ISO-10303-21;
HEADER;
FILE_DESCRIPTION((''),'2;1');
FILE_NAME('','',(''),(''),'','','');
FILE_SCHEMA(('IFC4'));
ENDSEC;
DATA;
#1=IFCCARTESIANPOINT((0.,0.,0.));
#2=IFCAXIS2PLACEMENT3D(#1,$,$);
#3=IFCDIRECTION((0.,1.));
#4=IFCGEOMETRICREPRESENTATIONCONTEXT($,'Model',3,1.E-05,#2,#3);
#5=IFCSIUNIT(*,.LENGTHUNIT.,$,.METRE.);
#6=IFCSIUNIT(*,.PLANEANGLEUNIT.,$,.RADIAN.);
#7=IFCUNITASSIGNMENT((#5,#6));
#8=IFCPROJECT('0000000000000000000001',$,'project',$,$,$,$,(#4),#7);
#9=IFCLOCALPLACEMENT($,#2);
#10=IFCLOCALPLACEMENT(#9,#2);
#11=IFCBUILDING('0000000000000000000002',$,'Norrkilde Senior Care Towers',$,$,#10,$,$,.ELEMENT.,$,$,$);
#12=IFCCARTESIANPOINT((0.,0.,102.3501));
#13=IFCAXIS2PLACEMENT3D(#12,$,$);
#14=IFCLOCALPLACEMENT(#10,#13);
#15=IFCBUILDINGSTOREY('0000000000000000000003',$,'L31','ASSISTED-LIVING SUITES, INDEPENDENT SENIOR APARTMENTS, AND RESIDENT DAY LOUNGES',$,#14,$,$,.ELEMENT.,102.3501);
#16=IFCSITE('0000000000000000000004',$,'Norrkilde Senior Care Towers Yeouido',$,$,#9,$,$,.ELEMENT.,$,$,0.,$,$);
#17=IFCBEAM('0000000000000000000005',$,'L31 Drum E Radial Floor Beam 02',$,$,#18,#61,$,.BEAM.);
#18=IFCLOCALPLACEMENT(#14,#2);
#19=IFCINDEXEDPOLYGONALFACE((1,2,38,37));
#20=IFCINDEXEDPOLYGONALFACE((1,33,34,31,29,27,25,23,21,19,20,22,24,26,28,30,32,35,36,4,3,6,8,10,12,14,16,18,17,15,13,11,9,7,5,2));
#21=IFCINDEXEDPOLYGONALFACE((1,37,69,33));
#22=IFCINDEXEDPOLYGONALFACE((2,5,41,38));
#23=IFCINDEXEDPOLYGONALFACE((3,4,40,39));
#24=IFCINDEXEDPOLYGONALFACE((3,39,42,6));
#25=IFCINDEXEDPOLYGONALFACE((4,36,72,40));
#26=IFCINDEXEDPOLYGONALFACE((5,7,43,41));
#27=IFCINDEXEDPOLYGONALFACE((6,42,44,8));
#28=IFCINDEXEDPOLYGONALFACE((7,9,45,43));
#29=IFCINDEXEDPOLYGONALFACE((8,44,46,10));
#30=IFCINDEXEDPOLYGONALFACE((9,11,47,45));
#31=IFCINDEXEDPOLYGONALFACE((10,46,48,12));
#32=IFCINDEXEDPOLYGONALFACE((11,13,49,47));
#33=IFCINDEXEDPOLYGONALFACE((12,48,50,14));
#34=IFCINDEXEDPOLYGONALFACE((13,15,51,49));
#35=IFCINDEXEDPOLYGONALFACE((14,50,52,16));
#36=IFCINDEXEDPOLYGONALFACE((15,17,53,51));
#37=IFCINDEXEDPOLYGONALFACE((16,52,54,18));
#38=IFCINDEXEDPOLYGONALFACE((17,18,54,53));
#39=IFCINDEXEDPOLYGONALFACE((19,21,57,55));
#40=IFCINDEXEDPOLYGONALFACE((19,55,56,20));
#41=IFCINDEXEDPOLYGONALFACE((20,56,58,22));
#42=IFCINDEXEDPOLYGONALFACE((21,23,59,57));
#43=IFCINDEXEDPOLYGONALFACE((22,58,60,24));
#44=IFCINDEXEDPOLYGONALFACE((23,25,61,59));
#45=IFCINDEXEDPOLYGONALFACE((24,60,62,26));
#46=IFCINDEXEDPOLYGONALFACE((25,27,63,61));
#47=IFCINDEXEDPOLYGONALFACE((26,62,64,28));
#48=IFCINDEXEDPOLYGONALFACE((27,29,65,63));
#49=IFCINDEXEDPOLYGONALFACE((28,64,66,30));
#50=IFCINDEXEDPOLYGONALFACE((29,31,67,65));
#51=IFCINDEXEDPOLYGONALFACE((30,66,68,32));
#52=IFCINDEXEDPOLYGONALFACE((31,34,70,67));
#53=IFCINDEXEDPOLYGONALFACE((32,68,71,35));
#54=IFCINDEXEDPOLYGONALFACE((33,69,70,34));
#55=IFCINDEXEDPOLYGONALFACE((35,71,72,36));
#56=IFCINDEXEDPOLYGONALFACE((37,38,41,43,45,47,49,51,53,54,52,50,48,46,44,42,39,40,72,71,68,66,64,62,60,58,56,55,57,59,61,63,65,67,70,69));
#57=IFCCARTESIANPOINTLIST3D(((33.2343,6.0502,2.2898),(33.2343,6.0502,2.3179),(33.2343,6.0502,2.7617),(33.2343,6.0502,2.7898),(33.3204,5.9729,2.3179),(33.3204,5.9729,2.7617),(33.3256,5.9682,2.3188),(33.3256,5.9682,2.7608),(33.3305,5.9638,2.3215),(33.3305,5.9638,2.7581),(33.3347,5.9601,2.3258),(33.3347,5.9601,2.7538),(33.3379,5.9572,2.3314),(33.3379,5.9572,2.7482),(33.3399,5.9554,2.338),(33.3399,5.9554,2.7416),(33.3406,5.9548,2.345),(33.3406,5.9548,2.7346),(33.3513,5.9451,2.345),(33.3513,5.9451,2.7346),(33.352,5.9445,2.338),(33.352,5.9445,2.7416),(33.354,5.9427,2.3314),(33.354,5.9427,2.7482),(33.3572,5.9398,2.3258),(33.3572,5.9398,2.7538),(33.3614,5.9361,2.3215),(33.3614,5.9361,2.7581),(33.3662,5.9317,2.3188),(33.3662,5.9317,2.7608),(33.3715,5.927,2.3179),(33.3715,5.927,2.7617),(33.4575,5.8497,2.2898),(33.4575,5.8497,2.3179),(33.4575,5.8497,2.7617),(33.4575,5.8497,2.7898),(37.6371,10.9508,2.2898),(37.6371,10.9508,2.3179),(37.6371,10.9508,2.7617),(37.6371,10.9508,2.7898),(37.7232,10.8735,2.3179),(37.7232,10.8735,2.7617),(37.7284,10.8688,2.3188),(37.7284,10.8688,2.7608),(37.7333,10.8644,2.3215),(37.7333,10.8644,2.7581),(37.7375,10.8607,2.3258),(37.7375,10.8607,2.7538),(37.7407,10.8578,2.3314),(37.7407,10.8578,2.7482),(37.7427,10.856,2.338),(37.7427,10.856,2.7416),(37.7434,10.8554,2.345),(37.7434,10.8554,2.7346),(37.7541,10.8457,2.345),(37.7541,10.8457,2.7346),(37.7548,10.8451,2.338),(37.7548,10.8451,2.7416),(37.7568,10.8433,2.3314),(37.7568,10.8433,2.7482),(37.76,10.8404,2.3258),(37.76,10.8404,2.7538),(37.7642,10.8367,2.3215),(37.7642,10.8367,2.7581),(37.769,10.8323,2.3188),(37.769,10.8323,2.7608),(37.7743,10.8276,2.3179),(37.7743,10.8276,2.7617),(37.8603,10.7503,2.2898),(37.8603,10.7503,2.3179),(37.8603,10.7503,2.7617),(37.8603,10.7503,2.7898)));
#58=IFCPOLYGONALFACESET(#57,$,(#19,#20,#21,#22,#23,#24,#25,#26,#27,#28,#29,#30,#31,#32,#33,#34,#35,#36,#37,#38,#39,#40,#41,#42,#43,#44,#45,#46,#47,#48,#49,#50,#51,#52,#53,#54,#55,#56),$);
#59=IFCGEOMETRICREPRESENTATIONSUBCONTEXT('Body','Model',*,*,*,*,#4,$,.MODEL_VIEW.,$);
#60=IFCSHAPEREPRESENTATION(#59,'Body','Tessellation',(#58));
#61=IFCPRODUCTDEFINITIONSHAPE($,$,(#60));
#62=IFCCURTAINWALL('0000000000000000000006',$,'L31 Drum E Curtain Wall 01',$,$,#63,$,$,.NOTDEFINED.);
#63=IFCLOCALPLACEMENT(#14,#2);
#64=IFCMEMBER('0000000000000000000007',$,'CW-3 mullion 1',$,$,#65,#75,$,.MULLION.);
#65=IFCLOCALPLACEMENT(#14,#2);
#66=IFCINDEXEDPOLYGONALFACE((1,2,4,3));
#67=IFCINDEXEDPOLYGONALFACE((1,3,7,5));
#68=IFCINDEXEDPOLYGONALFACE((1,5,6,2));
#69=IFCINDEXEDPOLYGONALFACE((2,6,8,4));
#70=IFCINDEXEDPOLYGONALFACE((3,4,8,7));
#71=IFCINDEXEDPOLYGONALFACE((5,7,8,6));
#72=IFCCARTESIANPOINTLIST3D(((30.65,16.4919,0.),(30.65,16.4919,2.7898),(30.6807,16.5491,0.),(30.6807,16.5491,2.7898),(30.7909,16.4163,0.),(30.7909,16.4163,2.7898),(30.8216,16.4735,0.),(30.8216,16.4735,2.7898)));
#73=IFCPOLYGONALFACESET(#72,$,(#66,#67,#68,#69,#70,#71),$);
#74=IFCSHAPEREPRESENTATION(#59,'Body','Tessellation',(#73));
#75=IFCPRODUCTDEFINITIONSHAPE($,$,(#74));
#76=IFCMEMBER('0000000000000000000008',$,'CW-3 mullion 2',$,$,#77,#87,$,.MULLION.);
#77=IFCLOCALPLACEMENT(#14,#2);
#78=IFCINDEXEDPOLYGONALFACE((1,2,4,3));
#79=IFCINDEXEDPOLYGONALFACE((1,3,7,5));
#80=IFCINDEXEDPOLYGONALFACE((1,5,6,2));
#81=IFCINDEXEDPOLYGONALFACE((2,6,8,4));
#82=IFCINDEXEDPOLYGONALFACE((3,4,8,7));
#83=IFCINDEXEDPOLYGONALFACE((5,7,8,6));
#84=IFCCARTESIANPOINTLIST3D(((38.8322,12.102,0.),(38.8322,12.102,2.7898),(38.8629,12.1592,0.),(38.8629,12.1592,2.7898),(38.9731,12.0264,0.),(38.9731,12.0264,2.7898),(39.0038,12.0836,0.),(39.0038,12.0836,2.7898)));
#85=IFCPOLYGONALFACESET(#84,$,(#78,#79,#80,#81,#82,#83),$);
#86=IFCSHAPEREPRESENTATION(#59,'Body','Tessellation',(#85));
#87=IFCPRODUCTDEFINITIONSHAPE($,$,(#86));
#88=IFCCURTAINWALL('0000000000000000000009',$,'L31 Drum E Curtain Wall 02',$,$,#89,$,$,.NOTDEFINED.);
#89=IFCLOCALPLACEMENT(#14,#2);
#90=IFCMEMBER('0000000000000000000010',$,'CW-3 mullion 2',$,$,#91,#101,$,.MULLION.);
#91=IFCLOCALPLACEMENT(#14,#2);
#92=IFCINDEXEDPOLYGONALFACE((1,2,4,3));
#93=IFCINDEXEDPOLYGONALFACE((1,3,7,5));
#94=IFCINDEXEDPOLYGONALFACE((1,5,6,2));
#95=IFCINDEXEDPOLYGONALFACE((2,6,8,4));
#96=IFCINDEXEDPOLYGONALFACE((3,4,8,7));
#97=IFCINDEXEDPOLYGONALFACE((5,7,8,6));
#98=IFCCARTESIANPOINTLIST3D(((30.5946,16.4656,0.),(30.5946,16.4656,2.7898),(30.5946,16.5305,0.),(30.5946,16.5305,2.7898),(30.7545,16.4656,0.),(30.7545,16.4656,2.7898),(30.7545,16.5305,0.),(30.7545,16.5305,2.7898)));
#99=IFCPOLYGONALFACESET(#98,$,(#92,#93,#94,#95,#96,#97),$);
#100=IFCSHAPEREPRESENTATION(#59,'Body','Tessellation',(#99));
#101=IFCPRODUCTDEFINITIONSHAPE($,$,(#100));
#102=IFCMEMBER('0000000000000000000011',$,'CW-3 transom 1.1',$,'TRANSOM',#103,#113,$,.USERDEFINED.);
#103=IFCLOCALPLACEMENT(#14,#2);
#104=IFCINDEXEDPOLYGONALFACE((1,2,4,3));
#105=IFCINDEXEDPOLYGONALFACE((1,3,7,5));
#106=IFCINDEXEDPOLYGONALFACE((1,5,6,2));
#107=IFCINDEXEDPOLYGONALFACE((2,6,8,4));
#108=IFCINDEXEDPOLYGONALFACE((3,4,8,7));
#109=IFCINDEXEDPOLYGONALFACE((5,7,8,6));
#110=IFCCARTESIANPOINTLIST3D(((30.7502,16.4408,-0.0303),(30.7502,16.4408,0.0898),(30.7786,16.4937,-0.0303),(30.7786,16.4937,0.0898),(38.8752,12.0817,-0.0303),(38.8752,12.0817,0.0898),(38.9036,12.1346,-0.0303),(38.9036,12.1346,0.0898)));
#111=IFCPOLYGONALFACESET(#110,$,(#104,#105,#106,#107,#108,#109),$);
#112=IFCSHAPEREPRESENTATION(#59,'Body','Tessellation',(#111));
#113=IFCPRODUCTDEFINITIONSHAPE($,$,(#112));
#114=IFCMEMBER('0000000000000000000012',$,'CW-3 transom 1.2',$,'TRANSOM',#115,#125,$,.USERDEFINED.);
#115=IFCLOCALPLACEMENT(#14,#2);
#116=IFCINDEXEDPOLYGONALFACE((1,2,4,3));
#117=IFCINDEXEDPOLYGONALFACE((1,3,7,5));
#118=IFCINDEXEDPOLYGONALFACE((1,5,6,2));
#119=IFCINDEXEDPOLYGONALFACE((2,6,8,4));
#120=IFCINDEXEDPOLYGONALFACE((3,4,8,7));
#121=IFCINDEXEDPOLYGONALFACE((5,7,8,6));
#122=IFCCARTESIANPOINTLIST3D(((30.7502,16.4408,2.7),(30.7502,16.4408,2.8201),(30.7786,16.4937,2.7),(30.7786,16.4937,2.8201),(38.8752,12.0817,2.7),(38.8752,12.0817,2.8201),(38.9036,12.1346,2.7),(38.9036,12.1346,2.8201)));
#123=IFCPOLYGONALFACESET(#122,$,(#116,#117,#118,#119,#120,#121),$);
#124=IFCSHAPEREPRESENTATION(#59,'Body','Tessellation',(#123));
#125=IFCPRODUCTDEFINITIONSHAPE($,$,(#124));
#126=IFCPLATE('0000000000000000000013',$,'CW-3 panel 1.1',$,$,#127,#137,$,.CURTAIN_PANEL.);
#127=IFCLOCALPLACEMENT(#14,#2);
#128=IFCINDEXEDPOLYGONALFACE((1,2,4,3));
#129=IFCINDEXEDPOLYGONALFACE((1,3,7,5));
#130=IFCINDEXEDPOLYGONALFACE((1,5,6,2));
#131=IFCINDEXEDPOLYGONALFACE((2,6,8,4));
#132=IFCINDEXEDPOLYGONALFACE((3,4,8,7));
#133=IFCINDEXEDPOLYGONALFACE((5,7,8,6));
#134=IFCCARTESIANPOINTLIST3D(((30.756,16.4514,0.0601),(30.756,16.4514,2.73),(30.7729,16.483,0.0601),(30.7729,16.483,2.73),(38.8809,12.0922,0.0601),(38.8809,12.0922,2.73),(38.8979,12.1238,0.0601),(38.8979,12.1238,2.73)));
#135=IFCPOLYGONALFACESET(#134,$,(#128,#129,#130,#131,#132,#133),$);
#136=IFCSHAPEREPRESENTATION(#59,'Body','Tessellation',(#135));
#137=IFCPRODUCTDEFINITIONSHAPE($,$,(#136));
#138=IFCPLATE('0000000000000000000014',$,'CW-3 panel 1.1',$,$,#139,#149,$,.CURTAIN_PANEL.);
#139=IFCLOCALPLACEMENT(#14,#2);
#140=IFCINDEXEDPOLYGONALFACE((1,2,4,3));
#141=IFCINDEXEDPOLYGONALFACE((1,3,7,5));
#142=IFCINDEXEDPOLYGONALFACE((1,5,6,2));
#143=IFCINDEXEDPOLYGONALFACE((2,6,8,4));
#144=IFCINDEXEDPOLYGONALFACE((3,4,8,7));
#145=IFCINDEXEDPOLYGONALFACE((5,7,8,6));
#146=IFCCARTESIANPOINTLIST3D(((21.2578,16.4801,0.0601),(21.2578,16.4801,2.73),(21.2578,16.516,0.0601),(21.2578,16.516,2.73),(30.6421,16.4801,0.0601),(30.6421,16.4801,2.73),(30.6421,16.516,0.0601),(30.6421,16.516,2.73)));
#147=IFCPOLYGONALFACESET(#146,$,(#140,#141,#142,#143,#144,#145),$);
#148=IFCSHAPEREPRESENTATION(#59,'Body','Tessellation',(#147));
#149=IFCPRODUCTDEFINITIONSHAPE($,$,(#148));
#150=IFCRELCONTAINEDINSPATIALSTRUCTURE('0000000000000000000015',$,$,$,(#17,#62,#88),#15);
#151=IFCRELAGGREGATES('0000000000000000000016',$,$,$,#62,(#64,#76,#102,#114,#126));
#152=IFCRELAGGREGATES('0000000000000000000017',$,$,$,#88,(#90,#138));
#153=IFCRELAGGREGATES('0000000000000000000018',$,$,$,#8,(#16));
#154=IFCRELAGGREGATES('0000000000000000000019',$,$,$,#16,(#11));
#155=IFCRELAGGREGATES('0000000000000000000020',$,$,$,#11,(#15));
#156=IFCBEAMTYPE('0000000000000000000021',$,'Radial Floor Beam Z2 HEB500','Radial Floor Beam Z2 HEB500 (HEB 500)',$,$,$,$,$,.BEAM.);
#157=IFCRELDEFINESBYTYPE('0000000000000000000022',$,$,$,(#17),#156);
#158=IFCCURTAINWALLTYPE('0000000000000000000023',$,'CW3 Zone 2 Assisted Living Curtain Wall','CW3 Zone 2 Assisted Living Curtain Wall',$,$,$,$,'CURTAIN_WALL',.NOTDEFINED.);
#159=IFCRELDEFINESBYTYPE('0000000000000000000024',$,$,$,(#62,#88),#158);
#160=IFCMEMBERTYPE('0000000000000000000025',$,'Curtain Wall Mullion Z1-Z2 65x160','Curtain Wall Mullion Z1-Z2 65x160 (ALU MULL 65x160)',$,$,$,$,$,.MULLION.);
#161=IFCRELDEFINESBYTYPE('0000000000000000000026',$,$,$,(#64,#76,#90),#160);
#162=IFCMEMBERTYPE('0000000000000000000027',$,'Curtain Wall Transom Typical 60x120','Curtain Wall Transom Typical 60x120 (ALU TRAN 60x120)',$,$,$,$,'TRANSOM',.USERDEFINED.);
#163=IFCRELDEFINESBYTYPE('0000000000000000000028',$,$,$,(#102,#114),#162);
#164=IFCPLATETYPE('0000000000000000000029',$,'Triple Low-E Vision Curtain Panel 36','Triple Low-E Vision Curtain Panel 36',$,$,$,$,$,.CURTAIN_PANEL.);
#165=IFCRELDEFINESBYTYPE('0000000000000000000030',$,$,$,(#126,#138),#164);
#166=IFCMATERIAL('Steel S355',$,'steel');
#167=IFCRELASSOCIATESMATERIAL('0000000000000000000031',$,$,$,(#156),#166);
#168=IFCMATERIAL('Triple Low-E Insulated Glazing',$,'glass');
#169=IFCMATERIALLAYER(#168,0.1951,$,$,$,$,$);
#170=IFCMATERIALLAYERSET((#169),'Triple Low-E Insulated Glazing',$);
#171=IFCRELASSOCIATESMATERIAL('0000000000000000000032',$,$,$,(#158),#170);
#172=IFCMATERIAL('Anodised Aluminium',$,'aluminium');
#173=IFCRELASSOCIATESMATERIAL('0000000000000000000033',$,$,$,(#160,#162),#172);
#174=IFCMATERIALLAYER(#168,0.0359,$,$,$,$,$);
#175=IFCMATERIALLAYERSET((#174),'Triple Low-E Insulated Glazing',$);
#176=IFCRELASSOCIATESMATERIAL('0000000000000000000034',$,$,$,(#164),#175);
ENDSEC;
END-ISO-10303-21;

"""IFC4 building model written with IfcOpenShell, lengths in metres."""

from ifc_helpers import new_model, si_unit, direction, frame, origin, origin_2d, place, context, subcontext, project, spatial, rectangle, i_section, extrude, source, transform, mapped, material, layer, layer_set, material_profile, profile_set, type_object, type_shapes, element, aggregate, save


model = new_model("IFC4")

# Units and contexts
model_context = context("Model", 3, precision=1e-05, world=origin(), true_north=direction((0.0, 1.0)))
body_context = subcontext(model_context, "Body", "Model", "MODEL_VIEW")
ifc_project = project(units=[si_unit("LENGTHUNIT", "METRE"), si_unit("PLANEANGLEUNIT", "RADIAN")], contexts=[model_context])

# Site, building, storey
site_placement = place(None, origin())
site = spatial("IfcSite", under=ifc_project, at=site_placement, Name="Norrkilde Senior Care Towers Yeouido", CompositionType="ELEMENT", RefElevation=0.0)
building_placement = place(site_placement, origin())
building = spatial("IfcBuilding", under=site, at=building_placement, Name="Norrkilde Senior Care Towers", CompositionType="ELEMENT")
storey_placement = place(building_placement, frame((0.0, 0.0, 102.3501)))
storey = spatial("IfcBuildingStorey", under=building, at=storey_placement, Name="L31", Description="ASSISTED-LIVING SUITES, INDEPENDENT SENIOR APARTMENTS, AND RESIDENT DAY LOUNGES", CompositionType="ELEMENT", Elevation=102.3501)

# Beam
ifc_material_1 = material(Name="Steel S355", Category="steel")
ifc_material_profile_1 = material_profile(ifc_material_1, i_section(OverallWidth=0.3, OverallDepth=0.5, WebThickness=0.0144, FlangeThickness=0.0281, FilletRadius=0.0271, at=origin_2d()), Name="HEB 500")
ifc_profile_set_1 = profile_set([ifc_material_profile_1], Name="Steel S355")
beam_type_1 = type_object("IfcBeamType", Name="Radial Floor Beam Z2 HEB500", Description="Radial Floor Beam Z2 HEB500 (HEB 500)", PredefinedType="BEAM", material=ifc_profile_set_1)
shared_shape_1 = source(origin(), body_context, "Body", "SweptSolid", [
    extrude(i_section(OverallWidth=0.3, OverallDepth=0.5, WebThickness=0.0144, FlangeThickness=0.0281, FilletRadius=0.0271, at=origin_2d()), origin(), (0.0, 0.0, 1.0), 6.5879),
])
beam_1_placement = place(storey_placement, frame((33.3459, 5.95, 2.5398), z_axis=(0.668315, 0.743878, 0.0), x_axis=(-0.743878, 0.668315, 0.0)))
element("IfcBeam", 1, at=beam_1_placement, inside=storey, type_object=beam_type_1, Name="L31 Drum E Radial Floor Beam 02", PredefinedType="BEAM", context=body_context, shape_type="MappedRepresentation", body=[
    mapped(shared_shape_1, transform((0.0, 0.0, 0.0), x_axis=(1.0, 0.0, 0.0), y_axis=(0.0, 1.0, 0.0), z_axis=(0.0, 0.0, 1.0), scale=1.0)),
])

# Curtain wall, members
ifc_material_2 = material(Name="Triple Low-E Insulated Glazing", Category="glass")
ifc_layer_1 = layer(ifc_material_2, 0.1951)
ifc_layer_set_1 = layer_set([ifc_layer_1], Name="Triple Low-E Insulated Glazing")
curtain_wall_type = type_object("IfcCurtainWallType", Name="CW3 Zone 2 Assisted Living Curtain Wall", Description="CW3 Zone 2 Assisted Living Curtain Wall", ElementType="CURTAIN_WALL", PredefinedType="NOTDEFINED", material=ifc_layer_set_1)
curtain_wall_1_placement = place(storey_placement, origin())
curtain_wall_1 = element("IfcCurtainWall", 2, at=curtain_wall_1_placement, inside=storey, type_object=curtain_wall_type, Name="L31 Drum E Curtain Wall 01", PredefinedType="NOTDEFINED")
ifc_material_3 = material(Name="Anodised Aluminium", Category="aluminium")
ifc_material_profile_2 = material_profile(ifc_material_3, rectangle(XDim=0.0649, YDim=0.1599, at=origin_2d()), Name="ALU MULL 65x160")
ifc_profile_set_2 = profile_set([ifc_material_profile_2], Name="Anodised Aluminium")
member_type_1 = type_object("IfcMemberType", Name="Curtain Wall Mullion Z1-Z2 65x160", Description="Curtain Wall Mullion Z1-Z2 65x160 (ALU MULL 65x160)", PredefinedType="MULLION", material=ifc_profile_set_2)
shared_shape_2 = source(origin(), body_context, "Body", "SweptSolid", [
    extrude(rectangle(XDim=0.0649, YDim=0.1599, at=origin_2d()), origin(), (0.0, 0.0, 1.0), 2.7898),
])
type_shapes(member_type_1, [shared_shape_2])
member_1_placement = place(storey_placement, frame((30.7358, 16.4827, 0.0), z_axis=(0.0, 0.0, 1.0), x_axis=(0.472769, 0.881186, 0.0)))
member_1 = element("IfcMember", 3, at=member_1_placement, type_object=member_type_1, Name="CW-3 mullion 1", PredefinedType="MULLION", context=body_context, shape_type="MappedRepresentation", body=[
    mapped(shared_shape_2, transform((0.0, 0.0, 0.0), x_axis=(1.0, 0.0, 0.0), y_axis=(0.0, 1.0, 0.0), z_axis=(0.0, 0.0, 1.0), scale=1.0)),
])
member_2_placement = place(storey_placement, frame((38.918, 12.0928, 0.0), z_axis=(0.0, 0.0, 1.0), x_axis=(0.472769, 0.881186, 0.0)))
member_2 = element("IfcMember", 4, at=member_2_placement, type_object=member_type_1, Name="CW-3 mullion 2", PredefinedType="MULLION", context=body_context, shape_type="MappedRepresentation", body=[
    mapped(shared_shape_2, transform((0.0, 0.0, 0.0), x_axis=(1.0, 0.0, 0.0), y_axis=(0.0, 1.0, 0.0), z_axis=(0.0, 0.0, 1.0), scale=1.0)),
])

# Curtain wall, member
curtain_wall_2_placement = place(storey_placement, origin())
curtain_wall_2 = element("IfcCurtainWall", 5, at=curtain_wall_2_placement, inside=storey, type_object=curtain_wall_type, Name="L31 Drum E Curtain Wall 02", PredefinedType="NOTDEFINED")
member_3_placement = place(storey_placement, frame((30.6746, 16.498, 0.0), z_axis=(0.0, 0.0, 1.0), x_axis=(0.0, 1.0, 0.0)))
member_3 = element("IfcMember", 6, at=member_3_placement, type_object=member_type_1, Name="CW-3 mullion 2", PredefinedType="MULLION", context=body_context, shape_type="MappedRepresentation", body=[
    mapped(shared_shape_2, transform((0.0, 0.0, 0.0), x_axis=(1.0, 0.0, 0.0), y_axis=(0.0, 1.0, 0.0), z_axis=(0.0, 0.0, 1.0), scale=1.0)),
])

# Members
ifc_material_profile_3 = material_profile(ifc_material_3, rectangle(XDim=0.0601, YDim=0.1201, at=origin_2d()), Name="ALU TRAN 60x120")
ifc_profile_set_3 = profile_set([ifc_material_profile_3], Name="Anodised Aluminium")
member_type_2 = type_object("IfcMemberType", Name="Curtain Wall Transom Typical 60x120", Description="Curtain Wall Transom Typical 60x120 (ALU TRAN 60x120)", ElementType="TRANSOM", PredefinedType="USERDEFINED", material=ifc_profile_set_3)
shared_shape_3 = source(origin(), body_context, "Body", "SweptSolid", [
    extrude(rectangle(XDim=0.0601, YDim=0.1201, at=origin_2d()), origin(), (0.0, 0.0, 1.0), 9.2205),
])
type_shapes(member_type_2, [shared_shape_3])
member_4_placement = place(storey_placement, frame((30.7644, 16.4673, 0.0298), z_axis=(0.881189, -0.472765, 0.0), x_axis=(0.472765, 0.881189, 0.0)))
member_4 = element("IfcMember", 7, at=member_4_placement, type_object=member_type_2, Name="CW-3 transom 1.1", ObjectType="TRANSOM", PredefinedType="USERDEFINED", context=body_context, shape_type="MappedRepresentation", body=[
    mapped(shared_shape_3, transform((0.0, 0.0, 0.0), x_axis=(1.0, 0.0, 0.0), y_axis=(0.0, 1.0, 0.0), z_axis=(0.0, 0.0, 1.0), scale=1.0)),
])
member_5_placement = place(storey_placement, frame((30.7644, 16.4673, 2.76), z_axis=(0.881189, -0.472765, 0.0), x_axis=(0.472765, 0.881189, 0.0)))
member_5 = element("IfcMember", 8, at=member_5_placement, type_object=member_type_2, Name="CW-3 transom 1.2", ObjectType="TRANSOM", PredefinedType="USERDEFINED", context=body_context, shape_type="MappedRepresentation", body=[
    mapped(shared_shape_3, transform((0.0, 0.0, 0.0), x_axis=(1.0, 0.0, 0.0), y_axis=(0.0, 1.0, 0.0), z_axis=(0.0, 0.0, 1.0), scale=1.0)),
])

# Plates
ifc_layer_2 = layer(ifc_material_2, 0.0359)
ifc_layer_set_2 = layer_set([ifc_layer_2], Name="Triple Low-E Insulated Glazing")
plate_type = type_object("IfcPlateType", Name="Triple Low-E Vision Curtain Panel 36", Description="Triple Low-E Vision Curtain Panel 36", PredefinedType="CURTAIN_PANEL", material=ifc_layer_set_2)
shared_shape_4 = source(origin(), body_context, "Body", "SweptSolid", [
    extrude(rectangle(XDim=9.2205, YDim=0.0359, at=origin_2d()), origin(), (0.0, 0.0, 1.0), 2.6699),
])
plate_1_placement = place(storey_placement, frame((34.8269, 14.2876, 0.0601), z_axis=(0.0, 0.0, 1.0), x_axis=(0.881186, -0.472769, 0.0)))
plate_1 = element("IfcPlate", 9, at=plate_1_placement, type_object=plate_type, Name="CW-3 panel 1.1", PredefinedType="CURTAIN_PANEL", context=body_context, shape_type="MappedRepresentation", body=[
    mapped(shared_shape_4, transform((0.0, 0.0, 0.0), x_axis=(1.0, 0.0, 0.0), y_axis=(0.0, 1.0, 0.0), z_axis=(0.0, 0.0, 1.0), scale=1.0)),
])
aggregate(curtain_wall_1, [member_1, member_2, member_4, member_5, plate_1])
shared_shape_5 = source(origin(), body_context, "Body", "SweptSolid", [
    extrude(rectangle(XDim=9.3843, YDim=0.0359, at=origin_2d()), origin(), (0.0, 0.0, 1.0), 2.6699),
])
type_shapes(plate_type, [shared_shape_4, shared_shape_5])
plate_2_placement = place(storey_placement, frame((25.95, 16.498, 0.0601), z_axis=(0.0, 0.0, 1.0), x_axis=(1.0, 0.0, 0.0)))
plate_2 = element("IfcPlate", 10, at=plate_2_placement, type_object=plate_type, Name="CW-3 panel 1.1", PredefinedType="CURTAIN_PANEL", context=body_context, shape_type="MappedRepresentation", body=[
    mapped(shared_shape_5, transform((0.0, 0.0, 0.0), x_axis=(1.0, 0.0, 0.0), y_axis=(0.0, 1.0, 0.0), z_axis=(0.0, 0.0, 1.0), scale=1.0)),
])
aggregate(curtain_wall_2, [member_3, plate_2])

save(model, "model.ifc")
